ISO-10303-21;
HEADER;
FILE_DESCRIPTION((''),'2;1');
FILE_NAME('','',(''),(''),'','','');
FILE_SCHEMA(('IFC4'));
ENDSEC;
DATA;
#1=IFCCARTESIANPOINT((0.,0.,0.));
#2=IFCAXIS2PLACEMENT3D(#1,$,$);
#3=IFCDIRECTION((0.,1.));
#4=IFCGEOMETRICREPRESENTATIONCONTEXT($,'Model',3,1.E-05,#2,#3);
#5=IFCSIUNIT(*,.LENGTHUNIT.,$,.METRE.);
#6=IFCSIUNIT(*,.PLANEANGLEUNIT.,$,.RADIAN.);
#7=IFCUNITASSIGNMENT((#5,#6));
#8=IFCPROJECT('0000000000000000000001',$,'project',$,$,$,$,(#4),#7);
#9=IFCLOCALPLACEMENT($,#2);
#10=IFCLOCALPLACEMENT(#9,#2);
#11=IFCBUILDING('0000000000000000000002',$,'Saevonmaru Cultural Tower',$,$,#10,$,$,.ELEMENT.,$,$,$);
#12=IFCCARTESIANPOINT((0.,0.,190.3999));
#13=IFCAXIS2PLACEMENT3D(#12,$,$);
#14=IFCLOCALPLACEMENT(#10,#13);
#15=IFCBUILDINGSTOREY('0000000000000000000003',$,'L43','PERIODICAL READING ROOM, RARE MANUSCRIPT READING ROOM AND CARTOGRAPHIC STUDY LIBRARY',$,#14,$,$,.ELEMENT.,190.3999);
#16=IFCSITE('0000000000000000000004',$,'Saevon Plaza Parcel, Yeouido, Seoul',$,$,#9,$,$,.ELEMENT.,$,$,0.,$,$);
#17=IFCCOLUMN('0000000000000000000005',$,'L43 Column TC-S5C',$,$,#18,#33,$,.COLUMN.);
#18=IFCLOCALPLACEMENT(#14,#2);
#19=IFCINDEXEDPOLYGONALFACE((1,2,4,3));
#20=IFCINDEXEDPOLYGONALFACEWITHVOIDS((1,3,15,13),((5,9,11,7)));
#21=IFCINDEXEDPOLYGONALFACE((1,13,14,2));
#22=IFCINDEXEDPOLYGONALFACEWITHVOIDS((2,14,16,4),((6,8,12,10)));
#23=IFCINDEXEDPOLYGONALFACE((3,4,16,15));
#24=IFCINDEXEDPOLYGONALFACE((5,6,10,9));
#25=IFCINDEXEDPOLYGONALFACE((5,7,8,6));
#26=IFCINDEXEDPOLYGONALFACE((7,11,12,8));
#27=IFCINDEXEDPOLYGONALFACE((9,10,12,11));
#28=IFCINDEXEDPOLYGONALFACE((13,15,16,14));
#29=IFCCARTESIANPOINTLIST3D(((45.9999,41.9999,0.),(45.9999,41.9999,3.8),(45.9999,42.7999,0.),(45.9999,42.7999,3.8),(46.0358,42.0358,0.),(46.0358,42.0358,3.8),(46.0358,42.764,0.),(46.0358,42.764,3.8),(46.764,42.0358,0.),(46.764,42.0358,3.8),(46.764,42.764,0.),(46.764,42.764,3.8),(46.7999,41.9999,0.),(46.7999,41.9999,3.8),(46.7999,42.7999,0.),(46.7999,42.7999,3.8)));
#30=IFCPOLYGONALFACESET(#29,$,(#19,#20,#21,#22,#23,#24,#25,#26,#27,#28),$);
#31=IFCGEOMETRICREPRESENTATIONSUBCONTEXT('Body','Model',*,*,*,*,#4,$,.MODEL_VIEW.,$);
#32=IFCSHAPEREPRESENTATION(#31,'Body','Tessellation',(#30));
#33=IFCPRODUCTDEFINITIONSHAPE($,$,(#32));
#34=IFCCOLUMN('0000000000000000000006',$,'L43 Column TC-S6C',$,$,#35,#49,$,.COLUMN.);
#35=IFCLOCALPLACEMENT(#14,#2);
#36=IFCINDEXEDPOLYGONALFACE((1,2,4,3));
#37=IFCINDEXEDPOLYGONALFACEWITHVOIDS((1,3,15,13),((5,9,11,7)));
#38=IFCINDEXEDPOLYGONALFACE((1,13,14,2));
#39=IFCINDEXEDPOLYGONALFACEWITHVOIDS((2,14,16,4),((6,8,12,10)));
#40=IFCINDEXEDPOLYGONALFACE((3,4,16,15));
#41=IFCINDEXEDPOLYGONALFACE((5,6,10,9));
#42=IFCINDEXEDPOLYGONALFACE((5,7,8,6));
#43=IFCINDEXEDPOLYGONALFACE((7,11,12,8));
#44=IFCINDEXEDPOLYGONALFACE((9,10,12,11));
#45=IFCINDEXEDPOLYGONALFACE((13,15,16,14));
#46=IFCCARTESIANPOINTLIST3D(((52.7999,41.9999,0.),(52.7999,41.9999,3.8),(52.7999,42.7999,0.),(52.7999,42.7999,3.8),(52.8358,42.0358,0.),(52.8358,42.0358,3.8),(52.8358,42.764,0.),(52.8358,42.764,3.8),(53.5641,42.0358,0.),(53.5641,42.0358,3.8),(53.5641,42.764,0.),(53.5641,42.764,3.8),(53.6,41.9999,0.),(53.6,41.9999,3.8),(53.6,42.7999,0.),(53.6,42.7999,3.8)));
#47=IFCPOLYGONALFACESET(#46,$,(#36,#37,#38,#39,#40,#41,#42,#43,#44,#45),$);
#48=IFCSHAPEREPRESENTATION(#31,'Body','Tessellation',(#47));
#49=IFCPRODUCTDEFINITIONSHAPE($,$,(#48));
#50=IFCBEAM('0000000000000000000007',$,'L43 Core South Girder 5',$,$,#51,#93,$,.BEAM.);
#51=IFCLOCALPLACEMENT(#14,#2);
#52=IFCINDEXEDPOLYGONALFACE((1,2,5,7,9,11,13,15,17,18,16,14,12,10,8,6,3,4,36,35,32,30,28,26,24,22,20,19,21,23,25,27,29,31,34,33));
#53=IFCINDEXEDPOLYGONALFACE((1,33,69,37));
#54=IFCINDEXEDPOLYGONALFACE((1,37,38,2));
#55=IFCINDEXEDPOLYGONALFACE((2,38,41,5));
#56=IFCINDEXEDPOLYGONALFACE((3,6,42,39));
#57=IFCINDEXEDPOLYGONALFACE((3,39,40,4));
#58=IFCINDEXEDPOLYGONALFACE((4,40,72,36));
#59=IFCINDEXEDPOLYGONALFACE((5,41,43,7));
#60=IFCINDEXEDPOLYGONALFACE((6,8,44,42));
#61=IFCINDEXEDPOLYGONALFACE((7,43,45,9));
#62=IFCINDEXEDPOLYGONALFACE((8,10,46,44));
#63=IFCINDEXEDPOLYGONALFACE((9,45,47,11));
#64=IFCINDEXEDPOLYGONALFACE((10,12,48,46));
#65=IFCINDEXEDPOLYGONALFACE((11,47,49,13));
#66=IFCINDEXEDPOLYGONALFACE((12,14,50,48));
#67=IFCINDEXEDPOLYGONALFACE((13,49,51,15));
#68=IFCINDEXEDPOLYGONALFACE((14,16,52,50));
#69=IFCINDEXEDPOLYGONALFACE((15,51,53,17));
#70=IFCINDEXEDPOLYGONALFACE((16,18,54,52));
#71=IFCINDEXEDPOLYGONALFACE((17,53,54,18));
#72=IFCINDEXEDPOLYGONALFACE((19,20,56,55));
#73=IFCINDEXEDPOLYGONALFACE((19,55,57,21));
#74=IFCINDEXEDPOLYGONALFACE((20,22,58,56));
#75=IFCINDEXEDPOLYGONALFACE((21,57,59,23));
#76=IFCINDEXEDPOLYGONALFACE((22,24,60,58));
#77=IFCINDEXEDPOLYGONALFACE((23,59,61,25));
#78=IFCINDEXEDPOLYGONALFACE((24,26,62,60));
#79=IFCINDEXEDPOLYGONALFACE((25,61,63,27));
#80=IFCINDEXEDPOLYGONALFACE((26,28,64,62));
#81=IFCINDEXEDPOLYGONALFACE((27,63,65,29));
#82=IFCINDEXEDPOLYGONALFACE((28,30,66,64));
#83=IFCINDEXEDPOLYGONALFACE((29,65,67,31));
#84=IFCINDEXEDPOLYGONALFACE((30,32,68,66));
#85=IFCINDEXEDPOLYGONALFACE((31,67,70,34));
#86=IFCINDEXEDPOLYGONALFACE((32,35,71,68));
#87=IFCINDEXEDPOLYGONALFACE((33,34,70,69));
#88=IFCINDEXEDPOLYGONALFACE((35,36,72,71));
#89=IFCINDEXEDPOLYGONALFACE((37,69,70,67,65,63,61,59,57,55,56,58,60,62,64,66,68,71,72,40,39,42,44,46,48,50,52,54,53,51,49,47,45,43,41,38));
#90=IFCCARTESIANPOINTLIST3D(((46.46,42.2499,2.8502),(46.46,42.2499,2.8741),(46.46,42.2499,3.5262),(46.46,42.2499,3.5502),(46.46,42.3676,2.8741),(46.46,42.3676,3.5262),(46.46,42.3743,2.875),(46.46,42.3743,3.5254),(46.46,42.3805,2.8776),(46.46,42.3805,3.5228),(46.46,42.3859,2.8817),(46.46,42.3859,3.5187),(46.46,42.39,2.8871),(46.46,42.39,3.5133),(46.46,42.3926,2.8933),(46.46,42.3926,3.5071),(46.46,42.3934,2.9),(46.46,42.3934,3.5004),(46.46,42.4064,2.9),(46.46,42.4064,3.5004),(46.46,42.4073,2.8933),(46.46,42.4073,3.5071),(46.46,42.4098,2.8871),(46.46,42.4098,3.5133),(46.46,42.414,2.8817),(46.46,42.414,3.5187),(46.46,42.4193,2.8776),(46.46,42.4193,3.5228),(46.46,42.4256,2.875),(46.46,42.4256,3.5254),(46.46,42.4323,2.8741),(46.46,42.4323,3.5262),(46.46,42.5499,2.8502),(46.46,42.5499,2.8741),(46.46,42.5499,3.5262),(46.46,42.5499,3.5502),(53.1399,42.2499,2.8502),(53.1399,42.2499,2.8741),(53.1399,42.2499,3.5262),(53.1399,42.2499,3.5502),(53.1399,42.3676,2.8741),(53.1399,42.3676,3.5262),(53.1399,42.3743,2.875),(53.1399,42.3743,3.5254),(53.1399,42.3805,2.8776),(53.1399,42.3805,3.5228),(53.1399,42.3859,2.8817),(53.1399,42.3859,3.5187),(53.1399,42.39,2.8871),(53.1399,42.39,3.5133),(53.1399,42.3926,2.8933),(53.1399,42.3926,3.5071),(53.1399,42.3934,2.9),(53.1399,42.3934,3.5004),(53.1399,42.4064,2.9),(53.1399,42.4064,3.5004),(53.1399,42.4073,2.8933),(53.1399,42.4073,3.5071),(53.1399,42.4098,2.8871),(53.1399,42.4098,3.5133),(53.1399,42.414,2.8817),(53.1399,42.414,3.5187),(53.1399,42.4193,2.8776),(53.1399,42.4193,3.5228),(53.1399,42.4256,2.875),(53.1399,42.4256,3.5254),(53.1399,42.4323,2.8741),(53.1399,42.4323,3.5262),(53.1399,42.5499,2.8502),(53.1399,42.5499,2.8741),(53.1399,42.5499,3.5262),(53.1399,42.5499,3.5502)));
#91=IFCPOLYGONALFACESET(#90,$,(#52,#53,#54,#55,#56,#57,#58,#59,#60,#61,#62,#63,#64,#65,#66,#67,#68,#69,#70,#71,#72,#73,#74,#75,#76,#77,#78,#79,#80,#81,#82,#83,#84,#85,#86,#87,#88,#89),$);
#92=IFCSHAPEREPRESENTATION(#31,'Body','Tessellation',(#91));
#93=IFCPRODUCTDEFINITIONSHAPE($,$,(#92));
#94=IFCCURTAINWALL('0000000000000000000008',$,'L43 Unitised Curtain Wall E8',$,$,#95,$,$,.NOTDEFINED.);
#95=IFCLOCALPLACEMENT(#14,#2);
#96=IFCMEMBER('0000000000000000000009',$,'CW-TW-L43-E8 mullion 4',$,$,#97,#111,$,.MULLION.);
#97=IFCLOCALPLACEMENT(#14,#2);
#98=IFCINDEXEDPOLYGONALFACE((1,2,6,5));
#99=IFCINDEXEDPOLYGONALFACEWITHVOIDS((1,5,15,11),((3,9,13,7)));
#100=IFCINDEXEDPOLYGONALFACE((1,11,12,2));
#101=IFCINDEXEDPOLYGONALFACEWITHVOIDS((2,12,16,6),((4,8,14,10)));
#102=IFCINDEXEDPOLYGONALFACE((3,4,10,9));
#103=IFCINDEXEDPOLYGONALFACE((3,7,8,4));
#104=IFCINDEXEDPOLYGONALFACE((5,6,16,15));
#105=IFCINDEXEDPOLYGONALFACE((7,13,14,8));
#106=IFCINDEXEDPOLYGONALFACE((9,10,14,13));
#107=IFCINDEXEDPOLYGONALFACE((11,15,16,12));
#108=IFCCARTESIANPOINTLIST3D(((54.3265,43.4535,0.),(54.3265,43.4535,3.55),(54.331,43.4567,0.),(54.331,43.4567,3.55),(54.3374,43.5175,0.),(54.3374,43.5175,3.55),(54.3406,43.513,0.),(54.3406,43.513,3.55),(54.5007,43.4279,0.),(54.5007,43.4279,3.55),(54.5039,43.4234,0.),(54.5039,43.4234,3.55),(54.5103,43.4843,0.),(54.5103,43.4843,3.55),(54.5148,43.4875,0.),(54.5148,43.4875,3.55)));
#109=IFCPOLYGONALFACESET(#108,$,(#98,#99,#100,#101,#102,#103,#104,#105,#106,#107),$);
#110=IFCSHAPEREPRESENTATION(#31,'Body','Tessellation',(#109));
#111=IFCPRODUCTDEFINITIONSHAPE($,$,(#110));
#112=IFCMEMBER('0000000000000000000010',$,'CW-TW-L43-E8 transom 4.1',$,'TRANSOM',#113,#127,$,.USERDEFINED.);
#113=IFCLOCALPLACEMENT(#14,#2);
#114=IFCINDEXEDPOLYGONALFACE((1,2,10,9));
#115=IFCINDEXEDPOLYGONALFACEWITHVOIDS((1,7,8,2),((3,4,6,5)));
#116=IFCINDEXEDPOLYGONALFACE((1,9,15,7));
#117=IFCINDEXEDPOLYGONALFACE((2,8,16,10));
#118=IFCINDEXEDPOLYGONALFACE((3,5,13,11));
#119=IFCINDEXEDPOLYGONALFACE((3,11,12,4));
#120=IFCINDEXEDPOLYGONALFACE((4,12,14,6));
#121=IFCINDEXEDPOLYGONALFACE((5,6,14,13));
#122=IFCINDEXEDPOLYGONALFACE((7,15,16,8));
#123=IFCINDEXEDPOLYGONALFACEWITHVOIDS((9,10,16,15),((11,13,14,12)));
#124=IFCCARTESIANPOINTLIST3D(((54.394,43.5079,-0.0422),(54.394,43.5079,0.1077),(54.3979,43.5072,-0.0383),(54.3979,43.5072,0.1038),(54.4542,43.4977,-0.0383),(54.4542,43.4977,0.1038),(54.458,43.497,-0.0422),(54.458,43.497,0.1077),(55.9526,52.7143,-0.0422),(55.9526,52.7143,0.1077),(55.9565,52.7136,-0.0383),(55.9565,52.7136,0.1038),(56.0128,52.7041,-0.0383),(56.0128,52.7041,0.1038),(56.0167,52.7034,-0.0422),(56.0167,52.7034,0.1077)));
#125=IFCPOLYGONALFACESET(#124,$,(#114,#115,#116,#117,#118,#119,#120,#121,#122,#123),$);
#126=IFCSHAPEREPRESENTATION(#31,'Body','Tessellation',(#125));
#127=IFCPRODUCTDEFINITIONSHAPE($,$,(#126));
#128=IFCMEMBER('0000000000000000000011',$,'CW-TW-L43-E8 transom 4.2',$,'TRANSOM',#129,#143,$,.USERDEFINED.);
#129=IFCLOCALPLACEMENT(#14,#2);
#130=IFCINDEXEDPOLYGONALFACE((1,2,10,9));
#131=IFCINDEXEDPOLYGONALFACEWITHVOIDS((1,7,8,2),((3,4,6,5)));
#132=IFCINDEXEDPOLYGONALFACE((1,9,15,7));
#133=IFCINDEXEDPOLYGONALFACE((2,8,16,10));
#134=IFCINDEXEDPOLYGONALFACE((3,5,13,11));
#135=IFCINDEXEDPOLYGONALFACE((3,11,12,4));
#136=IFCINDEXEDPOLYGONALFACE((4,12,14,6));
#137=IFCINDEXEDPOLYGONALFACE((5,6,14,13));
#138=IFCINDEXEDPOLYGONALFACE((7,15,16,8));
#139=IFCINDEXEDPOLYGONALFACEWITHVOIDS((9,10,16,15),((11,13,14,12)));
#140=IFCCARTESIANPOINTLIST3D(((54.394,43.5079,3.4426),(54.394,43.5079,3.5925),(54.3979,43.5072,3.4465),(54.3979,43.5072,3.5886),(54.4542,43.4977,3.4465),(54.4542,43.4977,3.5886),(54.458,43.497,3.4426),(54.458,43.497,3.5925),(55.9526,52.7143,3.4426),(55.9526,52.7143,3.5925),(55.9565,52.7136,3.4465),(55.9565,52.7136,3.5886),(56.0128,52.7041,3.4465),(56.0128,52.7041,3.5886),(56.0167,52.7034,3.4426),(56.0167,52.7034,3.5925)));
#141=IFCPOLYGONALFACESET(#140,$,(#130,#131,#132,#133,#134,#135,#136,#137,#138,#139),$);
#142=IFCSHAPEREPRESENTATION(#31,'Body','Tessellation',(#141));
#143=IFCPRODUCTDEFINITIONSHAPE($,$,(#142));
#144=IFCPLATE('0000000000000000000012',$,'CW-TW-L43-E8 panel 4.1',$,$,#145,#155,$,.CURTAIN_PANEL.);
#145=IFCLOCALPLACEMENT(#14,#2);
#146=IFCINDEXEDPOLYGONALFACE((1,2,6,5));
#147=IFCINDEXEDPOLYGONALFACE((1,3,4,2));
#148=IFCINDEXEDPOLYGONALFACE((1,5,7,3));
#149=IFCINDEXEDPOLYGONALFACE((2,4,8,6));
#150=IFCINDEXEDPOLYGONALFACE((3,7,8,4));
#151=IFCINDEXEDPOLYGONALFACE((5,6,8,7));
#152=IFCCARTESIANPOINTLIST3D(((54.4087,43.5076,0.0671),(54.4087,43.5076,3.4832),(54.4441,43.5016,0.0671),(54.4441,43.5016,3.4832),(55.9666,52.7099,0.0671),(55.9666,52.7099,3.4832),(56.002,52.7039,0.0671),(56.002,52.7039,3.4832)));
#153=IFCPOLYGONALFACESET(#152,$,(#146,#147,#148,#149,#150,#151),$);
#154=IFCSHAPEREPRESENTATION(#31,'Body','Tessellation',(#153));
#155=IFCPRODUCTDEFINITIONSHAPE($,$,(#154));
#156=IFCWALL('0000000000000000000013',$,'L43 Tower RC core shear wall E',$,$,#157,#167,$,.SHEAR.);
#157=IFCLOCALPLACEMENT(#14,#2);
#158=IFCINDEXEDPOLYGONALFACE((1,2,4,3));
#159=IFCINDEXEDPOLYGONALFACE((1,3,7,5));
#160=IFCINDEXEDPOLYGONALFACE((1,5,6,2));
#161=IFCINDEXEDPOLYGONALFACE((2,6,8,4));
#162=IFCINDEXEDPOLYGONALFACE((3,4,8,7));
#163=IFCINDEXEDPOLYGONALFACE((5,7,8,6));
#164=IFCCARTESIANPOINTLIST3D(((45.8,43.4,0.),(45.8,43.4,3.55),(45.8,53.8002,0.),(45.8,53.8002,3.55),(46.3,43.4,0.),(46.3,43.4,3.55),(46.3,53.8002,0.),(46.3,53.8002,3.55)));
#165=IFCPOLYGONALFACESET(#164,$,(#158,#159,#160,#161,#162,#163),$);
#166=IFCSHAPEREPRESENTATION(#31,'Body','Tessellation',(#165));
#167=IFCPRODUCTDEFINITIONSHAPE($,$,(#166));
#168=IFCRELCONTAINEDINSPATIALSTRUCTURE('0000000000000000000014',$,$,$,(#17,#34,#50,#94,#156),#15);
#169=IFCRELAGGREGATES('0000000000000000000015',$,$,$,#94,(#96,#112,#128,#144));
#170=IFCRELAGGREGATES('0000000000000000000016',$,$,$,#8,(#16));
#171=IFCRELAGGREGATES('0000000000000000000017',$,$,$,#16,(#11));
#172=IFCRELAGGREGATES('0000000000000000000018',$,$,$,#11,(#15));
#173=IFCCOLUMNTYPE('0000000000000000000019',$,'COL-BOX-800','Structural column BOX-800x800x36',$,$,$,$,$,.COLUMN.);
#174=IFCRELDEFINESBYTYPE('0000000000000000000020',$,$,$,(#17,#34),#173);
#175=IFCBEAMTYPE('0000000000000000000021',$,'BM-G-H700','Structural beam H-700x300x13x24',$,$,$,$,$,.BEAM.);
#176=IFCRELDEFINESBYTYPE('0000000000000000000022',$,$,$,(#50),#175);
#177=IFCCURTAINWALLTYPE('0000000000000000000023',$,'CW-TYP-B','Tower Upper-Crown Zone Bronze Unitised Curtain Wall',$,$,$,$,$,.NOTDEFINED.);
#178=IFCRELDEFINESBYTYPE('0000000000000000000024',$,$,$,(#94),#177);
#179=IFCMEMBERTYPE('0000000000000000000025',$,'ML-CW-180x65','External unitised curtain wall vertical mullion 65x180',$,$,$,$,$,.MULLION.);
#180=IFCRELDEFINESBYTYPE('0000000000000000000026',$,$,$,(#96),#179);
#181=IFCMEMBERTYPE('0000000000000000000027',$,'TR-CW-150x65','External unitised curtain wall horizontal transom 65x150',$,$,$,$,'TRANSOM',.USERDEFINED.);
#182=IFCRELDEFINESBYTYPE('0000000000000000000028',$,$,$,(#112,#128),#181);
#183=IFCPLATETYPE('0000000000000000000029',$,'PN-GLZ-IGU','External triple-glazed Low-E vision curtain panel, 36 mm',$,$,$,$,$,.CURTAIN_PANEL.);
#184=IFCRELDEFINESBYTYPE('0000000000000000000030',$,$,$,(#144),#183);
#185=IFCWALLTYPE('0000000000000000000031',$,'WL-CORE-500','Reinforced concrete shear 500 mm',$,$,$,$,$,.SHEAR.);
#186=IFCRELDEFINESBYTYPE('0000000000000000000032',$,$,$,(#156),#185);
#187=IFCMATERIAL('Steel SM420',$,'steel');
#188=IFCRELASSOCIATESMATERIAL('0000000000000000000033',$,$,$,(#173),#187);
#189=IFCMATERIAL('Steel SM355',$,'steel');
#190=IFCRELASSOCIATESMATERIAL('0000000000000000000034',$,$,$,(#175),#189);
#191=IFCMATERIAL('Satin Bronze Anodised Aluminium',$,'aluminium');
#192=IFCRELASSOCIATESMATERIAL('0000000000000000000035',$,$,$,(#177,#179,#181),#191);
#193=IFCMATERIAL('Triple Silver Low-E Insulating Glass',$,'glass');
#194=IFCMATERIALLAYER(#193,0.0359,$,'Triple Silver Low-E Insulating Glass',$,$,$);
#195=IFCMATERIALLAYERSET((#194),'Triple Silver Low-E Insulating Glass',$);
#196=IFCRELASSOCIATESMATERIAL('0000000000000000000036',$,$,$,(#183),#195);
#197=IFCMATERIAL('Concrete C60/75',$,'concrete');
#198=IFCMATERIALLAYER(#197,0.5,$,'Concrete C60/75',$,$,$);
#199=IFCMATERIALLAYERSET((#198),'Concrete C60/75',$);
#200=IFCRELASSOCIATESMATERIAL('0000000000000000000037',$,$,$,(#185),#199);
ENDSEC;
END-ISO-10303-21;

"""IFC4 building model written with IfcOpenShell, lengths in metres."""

from ifc_helpers import new_model, si_unit, direction, frame, frame_2d, origin, origin_2d, place, context, subcontext, project, spatial, rectangle, hollow_rectangle, i_section, extrude, material, layer, layer_set, material_profile, profile_set, type_object, element, aggregate, save


model = new_model("IFC4")

# Units and contexts
model_context = context("Model", 3, precision=1e-05, world=origin(), true_north=direction((0.0, 1.0)))
body_context = subcontext(model_context, "Body", "Model", "MODEL_VIEW")
ifc_project = project(units=[si_unit("LENGTHUNIT", "METRE"), si_unit("PLANEANGLEUNIT", "RADIAN")], contexts=[model_context])

# Site, building, storey
site_placement = place(None, origin())
site = spatial("IfcSite", under=ifc_project, at=site_placement, Name="Saevon Plaza Parcel, Yeouido, Seoul", CompositionType="ELEMENT", RefElevation=0.0)
building_placement = place(site_placement, origin())
building = spatial("IfcBuilding", under=site, at=building_placement, Name="Saevonmaru Cultural Tower", CompositionType="ELEMENT")
storey_placement = place(building_placement, frame((0.0, 0.0, 190.3999)))
storey = spatial("IfcBuildingStorey", under=building, at=storey_placement, Name="L43", Description="PERIODICAL READING ROOM, RARE MANUSCRIPT READING ROOM AND CARTOGRAPHIC STUDY LIBRARY", CompositionType="ELEMENT", Elevation=190.3999)

# Columns
ifc_material_1 = material(Name="Steel SM420", Category="steel")
ifc_material_profile_1 = material_profile(ifc_material_1, hollow_rectangle(XDim=0.8, YDim=0.8, WallThickness=0.0359, at=origin_2d()), Name="BOX-800x800x36")
ifc_profile_set_1 = profile_set([ifc_material_profile_1], Name="Steel SM420")
column_type = type_object("IfcColumnType", Name="COL-BOX-800", Description="Structural column BOX-800x800x36", PredefinedType="COLUMN", material=ifc_profile_set_1)
for number, where, z_axis, x_axis, name in (
    (1, (46.3999, 42.3999, 0.0), (0.0, 0.0, 1.0), (1.0, 0.0, 0.0), "L43 Column TC-S5C"),
    (2, (53.2, 42.3999, 0.0), (0.0, 0.0, 1.0), (1.0, 0.0, 0.0), "L43 Column TC-S6C"),
):
    element("IfcColumn", number, at=place(storey_placement, frame(where, z_axis=z_axis, x_axis=x_axis)), inside=storey, type_object=column_type, Name=name, PredefinedType="COLUMN", context=body_context, shape_type="SweptSolid", body=[
        extrude(hollow_rectangle(XDim=0.8, YDim=0.8, WallThickness=0.0359, at=origin_2d()), origin(), (0.0, 0.0, 1.0), 3.8),
    ])

# Beam
ifc_material_2 = material(Name="Steel SM355", Category="steel")
ifc_material_profile_2 = material_profile(ifc_material_2, i_section(OverallWidth=0.3, OverallDepth=0.7, WebThickness=0.0129, FlangeThickness=0.0239, FilletRadius=0.0259, at=origin_2d()), Name="H-700x300x13x24")
ifc_profile_set_2 = profile_set([ifc_material_profile_2], Name="Steel SM355")
beam_type = type_object("IfcBeamType", Name="BM-G-H700", Description="Structural beam H-700x300x13x24", PredefinedType="BEAM", material=ifc_profile_set_2)
beam_placement = place(storey_placement, frame((46.46, 42.3999, 3.2002), z_axis=(1.0, 0.0, 0.0), x_axis=(0.0, 1.0, 0.0)))
element("IfcBeam", 3, at=beam_placement, inside=storey, type_object=beam_type, Name="L43 Core South Girder 5", PredefinedType="BEAM", context=body_context, shape_type="SweptSolid", body=[
    extrude(i_section(OverallWidth=0.3, OverallDepth=0.7, WebThickness=0.0129, FlangeThickness=0.0239, FilletRadius=0.0259, at=origin_2d()), origin(), (0.0, 0.0, 1.0), 6.6799),
])

# Curtain wall, members, plate
ifc_material_3 = material(Name="Satin Bronze Anodised Aluminium", Category="aluminium")
curtain_wall_type = type_object("IfcCurtainWallType", Name="CW-TYP-B", Description="Tower Upper-Crown Zone Bronze Unitised Curtain Wall", PredefinedType="NOTDEFINED", material=ifc_material_3)
curtain_wall_placement = place(storey_placement, origin())
curtain_wall = element("IfcCurtainWall", 4, at=curtain_wall_placement, inside=storey, type_object=curtain_wall_type, Name="L43 Unitised Curtain Wall E8", PredefinedType="NOTDEFINED")
ifc_material_profile_3 = material_profile(ifc_material_3, hollow_rectangle(XDim=0.0649, YDim=0.1799, WallThickness=0.0039, at=origin_2d()), Name="ALU-MULL-180x65x4")
ifc_profile_set_3 = profile_set([ifc_material_profile_3], Name="Satin Bronze Anodised Aluminium")
member_type_1 = type_object("IfcMemberType", Name="ML-CW-180x65", Description="External unitised curtain wall vertical mullion 65x180", PredefinedType="MULLION", material=ifc_profile_set_3)
member_1_placement = place(storey_placement, frame((54.4207, 43.4705, 0.0), z_axis=(0.0, 0.0, 1.0), x_axis=(0.166922, 0.98597, 0.0)))
member_1 = element("IfcMember", 5, at=member_1_placement, type_object=member_type_1, Name="CW-TW-L43-E8 mullion 4", PredefinedType="MULLION", context=body_context, shape_type="SweptSolid", body=[
    extrude(hollow_rectangle(XDim=0.0649, YDim=0.1799, WallThickness=0.0039, at=origin_2d()), origin(), (0.0, 0.0, 1.0), 3.55),
])
ifc_material_profile_4 = material_profile(ifc_material_3, hollow_rectangle(XDim=0.0649, YDim=0.1499, WallThickness=0.0039, at=origin_2d()), Name="ALU-TRAN-150x65x4")
ifc_profile_set_4 = profile_set([ifc_material_profile_4], Name="Satin Bronze Anodised Aluminium")
member_type_2 = type_object("IfcMemberType", Name="TR-CW-150x65", Description="External unitised curtain wall horizontal transom 65x150", ElementType="TRANSOM", PredefinedType="USERDEFINED", material=ifc_profile_set_4)
member_2_placement = place(storey_placement, frame((54.426, 43.5024, 0.0327), z_axis=(0.166921, 0.98597, 0.0), x_axis=(-0.98597, 0.166921, 0.0)))
member_2 = element("IfcMember", 6, at=member_2_placement, type_object=member_type_2, Name="CW-TW-L43-E8 transom 4.1", ObjectType="TRANSOM", PredefinedType="USERDEFINED", context=body_context, shape_type="SweptSolid", body=[
    extrude(hollow_rectangle(XDim=0.0649, YDim=0.1499, WallThickness=0.0039, at=origin_2d()), origin(), (0.0, 0.0, 1.0), 9.3374),
])
member_3_placement = place(storey_placement, frame((54.426, 43.5024, 3.5176), z_axis=(0.166921, 0.98597, 0.0), x_axis=(-0.98597, 0.166921, 0.0)))
member_3 = element("IfcMember", 7, at=member_3_placement, type_object=member_type_2, Name="CW-TW-L43-E8 transom 4.2", ObjectType="TRANSOM", PredefinedType="USERDEFINED", context=body_context, shape_type="SweptSolid", body=[
    extrude(hollow_rectangle(XDim=0.0649, YDim=0.1499, WallThickness=0.0039, at=origin_2d()), origin(), (0.0, 0.0, 1.0), 9.3374),
])
ifc_material_4 = material(Name="Triple Silver Low-E Insulating Glass", Category="glass")
ifc_layer_1 = layer(ifc_material_4, 0.0359, Name="Triple Silver Low-E Insulating Glass")
ifc_layer_set_1 = layer_set([ifc_layer_1], Name="Triple Silver Low-E Insulating Glass")
plate_type = type_object("IfcPlateType", Name="PN-GLZ-IGU", Description="External triple-glazed Low-E vision curtain panel, 36 mm", PredefinedType="CURTAIN_PANEL", material=ifc_layer_set_1)
plate_placement = place(storey_placement, frame((55.2053, 48.1057, 0.0671), z_axis=(0.0, 0.0, 1.0), x_axis=(0.166922, 0.98597, 0.0)))
plate = element("IfcPlate", 8, at=plate_placement, type_object=plate_type, Name="CW-TW-L43-E8 panel 4.1", PredefinedType="CURTAIN_PANEL", context=body_context, shape_type="SweptSolid", body=[
    extrude(rectangle(XDim=9.3333, YDim=0.0359, at=origin_2d()), origin(), (0.0, 0.0, 1.0), 3.416),
])
aggregate(curtain_wall, [member_1, member_2, member_3, plate])

# Wall
ifc_material_5 = material(Name="Concrete C60/75", Category="concrete")
ifc_layer_2 = layer(ifc_material_5, 0.5, Name="Concrete C60/75")
ifc_layer_set_2 = layer_set([ifc_layer_2], Name="Concrete C60/75")
wall_type_1 = type_object("IfcWallType", Name="WL-CORE-500", Description="Reinforced concrete shear 500 mm", PredefinedType="SHEAR", material=ifc_layer_set_2)
wall_1_placement = place(storey_placement, frame((46.05, 43.3999, 0.0), z_axis=(0.0, 0.0, 1.0), x_axis=(0.0, 1.0, 0.0)))
element("IfcWall", 9, at=wall_1_placement, inside=storey, type_object=wall_type_1, Name="L43 Tower RC core shear wall E", PredefinedType="SHEAR", context=body_context, shape_type="SweptSolid", body=[
    extrude(rectangle(XDim=10.4001, YDim=0.5, at=frame_2d((5.2002, 0.0))), origin(), (0.0, 0.0, 1.0), 3.55),
])

save(model, "model.ifc")
